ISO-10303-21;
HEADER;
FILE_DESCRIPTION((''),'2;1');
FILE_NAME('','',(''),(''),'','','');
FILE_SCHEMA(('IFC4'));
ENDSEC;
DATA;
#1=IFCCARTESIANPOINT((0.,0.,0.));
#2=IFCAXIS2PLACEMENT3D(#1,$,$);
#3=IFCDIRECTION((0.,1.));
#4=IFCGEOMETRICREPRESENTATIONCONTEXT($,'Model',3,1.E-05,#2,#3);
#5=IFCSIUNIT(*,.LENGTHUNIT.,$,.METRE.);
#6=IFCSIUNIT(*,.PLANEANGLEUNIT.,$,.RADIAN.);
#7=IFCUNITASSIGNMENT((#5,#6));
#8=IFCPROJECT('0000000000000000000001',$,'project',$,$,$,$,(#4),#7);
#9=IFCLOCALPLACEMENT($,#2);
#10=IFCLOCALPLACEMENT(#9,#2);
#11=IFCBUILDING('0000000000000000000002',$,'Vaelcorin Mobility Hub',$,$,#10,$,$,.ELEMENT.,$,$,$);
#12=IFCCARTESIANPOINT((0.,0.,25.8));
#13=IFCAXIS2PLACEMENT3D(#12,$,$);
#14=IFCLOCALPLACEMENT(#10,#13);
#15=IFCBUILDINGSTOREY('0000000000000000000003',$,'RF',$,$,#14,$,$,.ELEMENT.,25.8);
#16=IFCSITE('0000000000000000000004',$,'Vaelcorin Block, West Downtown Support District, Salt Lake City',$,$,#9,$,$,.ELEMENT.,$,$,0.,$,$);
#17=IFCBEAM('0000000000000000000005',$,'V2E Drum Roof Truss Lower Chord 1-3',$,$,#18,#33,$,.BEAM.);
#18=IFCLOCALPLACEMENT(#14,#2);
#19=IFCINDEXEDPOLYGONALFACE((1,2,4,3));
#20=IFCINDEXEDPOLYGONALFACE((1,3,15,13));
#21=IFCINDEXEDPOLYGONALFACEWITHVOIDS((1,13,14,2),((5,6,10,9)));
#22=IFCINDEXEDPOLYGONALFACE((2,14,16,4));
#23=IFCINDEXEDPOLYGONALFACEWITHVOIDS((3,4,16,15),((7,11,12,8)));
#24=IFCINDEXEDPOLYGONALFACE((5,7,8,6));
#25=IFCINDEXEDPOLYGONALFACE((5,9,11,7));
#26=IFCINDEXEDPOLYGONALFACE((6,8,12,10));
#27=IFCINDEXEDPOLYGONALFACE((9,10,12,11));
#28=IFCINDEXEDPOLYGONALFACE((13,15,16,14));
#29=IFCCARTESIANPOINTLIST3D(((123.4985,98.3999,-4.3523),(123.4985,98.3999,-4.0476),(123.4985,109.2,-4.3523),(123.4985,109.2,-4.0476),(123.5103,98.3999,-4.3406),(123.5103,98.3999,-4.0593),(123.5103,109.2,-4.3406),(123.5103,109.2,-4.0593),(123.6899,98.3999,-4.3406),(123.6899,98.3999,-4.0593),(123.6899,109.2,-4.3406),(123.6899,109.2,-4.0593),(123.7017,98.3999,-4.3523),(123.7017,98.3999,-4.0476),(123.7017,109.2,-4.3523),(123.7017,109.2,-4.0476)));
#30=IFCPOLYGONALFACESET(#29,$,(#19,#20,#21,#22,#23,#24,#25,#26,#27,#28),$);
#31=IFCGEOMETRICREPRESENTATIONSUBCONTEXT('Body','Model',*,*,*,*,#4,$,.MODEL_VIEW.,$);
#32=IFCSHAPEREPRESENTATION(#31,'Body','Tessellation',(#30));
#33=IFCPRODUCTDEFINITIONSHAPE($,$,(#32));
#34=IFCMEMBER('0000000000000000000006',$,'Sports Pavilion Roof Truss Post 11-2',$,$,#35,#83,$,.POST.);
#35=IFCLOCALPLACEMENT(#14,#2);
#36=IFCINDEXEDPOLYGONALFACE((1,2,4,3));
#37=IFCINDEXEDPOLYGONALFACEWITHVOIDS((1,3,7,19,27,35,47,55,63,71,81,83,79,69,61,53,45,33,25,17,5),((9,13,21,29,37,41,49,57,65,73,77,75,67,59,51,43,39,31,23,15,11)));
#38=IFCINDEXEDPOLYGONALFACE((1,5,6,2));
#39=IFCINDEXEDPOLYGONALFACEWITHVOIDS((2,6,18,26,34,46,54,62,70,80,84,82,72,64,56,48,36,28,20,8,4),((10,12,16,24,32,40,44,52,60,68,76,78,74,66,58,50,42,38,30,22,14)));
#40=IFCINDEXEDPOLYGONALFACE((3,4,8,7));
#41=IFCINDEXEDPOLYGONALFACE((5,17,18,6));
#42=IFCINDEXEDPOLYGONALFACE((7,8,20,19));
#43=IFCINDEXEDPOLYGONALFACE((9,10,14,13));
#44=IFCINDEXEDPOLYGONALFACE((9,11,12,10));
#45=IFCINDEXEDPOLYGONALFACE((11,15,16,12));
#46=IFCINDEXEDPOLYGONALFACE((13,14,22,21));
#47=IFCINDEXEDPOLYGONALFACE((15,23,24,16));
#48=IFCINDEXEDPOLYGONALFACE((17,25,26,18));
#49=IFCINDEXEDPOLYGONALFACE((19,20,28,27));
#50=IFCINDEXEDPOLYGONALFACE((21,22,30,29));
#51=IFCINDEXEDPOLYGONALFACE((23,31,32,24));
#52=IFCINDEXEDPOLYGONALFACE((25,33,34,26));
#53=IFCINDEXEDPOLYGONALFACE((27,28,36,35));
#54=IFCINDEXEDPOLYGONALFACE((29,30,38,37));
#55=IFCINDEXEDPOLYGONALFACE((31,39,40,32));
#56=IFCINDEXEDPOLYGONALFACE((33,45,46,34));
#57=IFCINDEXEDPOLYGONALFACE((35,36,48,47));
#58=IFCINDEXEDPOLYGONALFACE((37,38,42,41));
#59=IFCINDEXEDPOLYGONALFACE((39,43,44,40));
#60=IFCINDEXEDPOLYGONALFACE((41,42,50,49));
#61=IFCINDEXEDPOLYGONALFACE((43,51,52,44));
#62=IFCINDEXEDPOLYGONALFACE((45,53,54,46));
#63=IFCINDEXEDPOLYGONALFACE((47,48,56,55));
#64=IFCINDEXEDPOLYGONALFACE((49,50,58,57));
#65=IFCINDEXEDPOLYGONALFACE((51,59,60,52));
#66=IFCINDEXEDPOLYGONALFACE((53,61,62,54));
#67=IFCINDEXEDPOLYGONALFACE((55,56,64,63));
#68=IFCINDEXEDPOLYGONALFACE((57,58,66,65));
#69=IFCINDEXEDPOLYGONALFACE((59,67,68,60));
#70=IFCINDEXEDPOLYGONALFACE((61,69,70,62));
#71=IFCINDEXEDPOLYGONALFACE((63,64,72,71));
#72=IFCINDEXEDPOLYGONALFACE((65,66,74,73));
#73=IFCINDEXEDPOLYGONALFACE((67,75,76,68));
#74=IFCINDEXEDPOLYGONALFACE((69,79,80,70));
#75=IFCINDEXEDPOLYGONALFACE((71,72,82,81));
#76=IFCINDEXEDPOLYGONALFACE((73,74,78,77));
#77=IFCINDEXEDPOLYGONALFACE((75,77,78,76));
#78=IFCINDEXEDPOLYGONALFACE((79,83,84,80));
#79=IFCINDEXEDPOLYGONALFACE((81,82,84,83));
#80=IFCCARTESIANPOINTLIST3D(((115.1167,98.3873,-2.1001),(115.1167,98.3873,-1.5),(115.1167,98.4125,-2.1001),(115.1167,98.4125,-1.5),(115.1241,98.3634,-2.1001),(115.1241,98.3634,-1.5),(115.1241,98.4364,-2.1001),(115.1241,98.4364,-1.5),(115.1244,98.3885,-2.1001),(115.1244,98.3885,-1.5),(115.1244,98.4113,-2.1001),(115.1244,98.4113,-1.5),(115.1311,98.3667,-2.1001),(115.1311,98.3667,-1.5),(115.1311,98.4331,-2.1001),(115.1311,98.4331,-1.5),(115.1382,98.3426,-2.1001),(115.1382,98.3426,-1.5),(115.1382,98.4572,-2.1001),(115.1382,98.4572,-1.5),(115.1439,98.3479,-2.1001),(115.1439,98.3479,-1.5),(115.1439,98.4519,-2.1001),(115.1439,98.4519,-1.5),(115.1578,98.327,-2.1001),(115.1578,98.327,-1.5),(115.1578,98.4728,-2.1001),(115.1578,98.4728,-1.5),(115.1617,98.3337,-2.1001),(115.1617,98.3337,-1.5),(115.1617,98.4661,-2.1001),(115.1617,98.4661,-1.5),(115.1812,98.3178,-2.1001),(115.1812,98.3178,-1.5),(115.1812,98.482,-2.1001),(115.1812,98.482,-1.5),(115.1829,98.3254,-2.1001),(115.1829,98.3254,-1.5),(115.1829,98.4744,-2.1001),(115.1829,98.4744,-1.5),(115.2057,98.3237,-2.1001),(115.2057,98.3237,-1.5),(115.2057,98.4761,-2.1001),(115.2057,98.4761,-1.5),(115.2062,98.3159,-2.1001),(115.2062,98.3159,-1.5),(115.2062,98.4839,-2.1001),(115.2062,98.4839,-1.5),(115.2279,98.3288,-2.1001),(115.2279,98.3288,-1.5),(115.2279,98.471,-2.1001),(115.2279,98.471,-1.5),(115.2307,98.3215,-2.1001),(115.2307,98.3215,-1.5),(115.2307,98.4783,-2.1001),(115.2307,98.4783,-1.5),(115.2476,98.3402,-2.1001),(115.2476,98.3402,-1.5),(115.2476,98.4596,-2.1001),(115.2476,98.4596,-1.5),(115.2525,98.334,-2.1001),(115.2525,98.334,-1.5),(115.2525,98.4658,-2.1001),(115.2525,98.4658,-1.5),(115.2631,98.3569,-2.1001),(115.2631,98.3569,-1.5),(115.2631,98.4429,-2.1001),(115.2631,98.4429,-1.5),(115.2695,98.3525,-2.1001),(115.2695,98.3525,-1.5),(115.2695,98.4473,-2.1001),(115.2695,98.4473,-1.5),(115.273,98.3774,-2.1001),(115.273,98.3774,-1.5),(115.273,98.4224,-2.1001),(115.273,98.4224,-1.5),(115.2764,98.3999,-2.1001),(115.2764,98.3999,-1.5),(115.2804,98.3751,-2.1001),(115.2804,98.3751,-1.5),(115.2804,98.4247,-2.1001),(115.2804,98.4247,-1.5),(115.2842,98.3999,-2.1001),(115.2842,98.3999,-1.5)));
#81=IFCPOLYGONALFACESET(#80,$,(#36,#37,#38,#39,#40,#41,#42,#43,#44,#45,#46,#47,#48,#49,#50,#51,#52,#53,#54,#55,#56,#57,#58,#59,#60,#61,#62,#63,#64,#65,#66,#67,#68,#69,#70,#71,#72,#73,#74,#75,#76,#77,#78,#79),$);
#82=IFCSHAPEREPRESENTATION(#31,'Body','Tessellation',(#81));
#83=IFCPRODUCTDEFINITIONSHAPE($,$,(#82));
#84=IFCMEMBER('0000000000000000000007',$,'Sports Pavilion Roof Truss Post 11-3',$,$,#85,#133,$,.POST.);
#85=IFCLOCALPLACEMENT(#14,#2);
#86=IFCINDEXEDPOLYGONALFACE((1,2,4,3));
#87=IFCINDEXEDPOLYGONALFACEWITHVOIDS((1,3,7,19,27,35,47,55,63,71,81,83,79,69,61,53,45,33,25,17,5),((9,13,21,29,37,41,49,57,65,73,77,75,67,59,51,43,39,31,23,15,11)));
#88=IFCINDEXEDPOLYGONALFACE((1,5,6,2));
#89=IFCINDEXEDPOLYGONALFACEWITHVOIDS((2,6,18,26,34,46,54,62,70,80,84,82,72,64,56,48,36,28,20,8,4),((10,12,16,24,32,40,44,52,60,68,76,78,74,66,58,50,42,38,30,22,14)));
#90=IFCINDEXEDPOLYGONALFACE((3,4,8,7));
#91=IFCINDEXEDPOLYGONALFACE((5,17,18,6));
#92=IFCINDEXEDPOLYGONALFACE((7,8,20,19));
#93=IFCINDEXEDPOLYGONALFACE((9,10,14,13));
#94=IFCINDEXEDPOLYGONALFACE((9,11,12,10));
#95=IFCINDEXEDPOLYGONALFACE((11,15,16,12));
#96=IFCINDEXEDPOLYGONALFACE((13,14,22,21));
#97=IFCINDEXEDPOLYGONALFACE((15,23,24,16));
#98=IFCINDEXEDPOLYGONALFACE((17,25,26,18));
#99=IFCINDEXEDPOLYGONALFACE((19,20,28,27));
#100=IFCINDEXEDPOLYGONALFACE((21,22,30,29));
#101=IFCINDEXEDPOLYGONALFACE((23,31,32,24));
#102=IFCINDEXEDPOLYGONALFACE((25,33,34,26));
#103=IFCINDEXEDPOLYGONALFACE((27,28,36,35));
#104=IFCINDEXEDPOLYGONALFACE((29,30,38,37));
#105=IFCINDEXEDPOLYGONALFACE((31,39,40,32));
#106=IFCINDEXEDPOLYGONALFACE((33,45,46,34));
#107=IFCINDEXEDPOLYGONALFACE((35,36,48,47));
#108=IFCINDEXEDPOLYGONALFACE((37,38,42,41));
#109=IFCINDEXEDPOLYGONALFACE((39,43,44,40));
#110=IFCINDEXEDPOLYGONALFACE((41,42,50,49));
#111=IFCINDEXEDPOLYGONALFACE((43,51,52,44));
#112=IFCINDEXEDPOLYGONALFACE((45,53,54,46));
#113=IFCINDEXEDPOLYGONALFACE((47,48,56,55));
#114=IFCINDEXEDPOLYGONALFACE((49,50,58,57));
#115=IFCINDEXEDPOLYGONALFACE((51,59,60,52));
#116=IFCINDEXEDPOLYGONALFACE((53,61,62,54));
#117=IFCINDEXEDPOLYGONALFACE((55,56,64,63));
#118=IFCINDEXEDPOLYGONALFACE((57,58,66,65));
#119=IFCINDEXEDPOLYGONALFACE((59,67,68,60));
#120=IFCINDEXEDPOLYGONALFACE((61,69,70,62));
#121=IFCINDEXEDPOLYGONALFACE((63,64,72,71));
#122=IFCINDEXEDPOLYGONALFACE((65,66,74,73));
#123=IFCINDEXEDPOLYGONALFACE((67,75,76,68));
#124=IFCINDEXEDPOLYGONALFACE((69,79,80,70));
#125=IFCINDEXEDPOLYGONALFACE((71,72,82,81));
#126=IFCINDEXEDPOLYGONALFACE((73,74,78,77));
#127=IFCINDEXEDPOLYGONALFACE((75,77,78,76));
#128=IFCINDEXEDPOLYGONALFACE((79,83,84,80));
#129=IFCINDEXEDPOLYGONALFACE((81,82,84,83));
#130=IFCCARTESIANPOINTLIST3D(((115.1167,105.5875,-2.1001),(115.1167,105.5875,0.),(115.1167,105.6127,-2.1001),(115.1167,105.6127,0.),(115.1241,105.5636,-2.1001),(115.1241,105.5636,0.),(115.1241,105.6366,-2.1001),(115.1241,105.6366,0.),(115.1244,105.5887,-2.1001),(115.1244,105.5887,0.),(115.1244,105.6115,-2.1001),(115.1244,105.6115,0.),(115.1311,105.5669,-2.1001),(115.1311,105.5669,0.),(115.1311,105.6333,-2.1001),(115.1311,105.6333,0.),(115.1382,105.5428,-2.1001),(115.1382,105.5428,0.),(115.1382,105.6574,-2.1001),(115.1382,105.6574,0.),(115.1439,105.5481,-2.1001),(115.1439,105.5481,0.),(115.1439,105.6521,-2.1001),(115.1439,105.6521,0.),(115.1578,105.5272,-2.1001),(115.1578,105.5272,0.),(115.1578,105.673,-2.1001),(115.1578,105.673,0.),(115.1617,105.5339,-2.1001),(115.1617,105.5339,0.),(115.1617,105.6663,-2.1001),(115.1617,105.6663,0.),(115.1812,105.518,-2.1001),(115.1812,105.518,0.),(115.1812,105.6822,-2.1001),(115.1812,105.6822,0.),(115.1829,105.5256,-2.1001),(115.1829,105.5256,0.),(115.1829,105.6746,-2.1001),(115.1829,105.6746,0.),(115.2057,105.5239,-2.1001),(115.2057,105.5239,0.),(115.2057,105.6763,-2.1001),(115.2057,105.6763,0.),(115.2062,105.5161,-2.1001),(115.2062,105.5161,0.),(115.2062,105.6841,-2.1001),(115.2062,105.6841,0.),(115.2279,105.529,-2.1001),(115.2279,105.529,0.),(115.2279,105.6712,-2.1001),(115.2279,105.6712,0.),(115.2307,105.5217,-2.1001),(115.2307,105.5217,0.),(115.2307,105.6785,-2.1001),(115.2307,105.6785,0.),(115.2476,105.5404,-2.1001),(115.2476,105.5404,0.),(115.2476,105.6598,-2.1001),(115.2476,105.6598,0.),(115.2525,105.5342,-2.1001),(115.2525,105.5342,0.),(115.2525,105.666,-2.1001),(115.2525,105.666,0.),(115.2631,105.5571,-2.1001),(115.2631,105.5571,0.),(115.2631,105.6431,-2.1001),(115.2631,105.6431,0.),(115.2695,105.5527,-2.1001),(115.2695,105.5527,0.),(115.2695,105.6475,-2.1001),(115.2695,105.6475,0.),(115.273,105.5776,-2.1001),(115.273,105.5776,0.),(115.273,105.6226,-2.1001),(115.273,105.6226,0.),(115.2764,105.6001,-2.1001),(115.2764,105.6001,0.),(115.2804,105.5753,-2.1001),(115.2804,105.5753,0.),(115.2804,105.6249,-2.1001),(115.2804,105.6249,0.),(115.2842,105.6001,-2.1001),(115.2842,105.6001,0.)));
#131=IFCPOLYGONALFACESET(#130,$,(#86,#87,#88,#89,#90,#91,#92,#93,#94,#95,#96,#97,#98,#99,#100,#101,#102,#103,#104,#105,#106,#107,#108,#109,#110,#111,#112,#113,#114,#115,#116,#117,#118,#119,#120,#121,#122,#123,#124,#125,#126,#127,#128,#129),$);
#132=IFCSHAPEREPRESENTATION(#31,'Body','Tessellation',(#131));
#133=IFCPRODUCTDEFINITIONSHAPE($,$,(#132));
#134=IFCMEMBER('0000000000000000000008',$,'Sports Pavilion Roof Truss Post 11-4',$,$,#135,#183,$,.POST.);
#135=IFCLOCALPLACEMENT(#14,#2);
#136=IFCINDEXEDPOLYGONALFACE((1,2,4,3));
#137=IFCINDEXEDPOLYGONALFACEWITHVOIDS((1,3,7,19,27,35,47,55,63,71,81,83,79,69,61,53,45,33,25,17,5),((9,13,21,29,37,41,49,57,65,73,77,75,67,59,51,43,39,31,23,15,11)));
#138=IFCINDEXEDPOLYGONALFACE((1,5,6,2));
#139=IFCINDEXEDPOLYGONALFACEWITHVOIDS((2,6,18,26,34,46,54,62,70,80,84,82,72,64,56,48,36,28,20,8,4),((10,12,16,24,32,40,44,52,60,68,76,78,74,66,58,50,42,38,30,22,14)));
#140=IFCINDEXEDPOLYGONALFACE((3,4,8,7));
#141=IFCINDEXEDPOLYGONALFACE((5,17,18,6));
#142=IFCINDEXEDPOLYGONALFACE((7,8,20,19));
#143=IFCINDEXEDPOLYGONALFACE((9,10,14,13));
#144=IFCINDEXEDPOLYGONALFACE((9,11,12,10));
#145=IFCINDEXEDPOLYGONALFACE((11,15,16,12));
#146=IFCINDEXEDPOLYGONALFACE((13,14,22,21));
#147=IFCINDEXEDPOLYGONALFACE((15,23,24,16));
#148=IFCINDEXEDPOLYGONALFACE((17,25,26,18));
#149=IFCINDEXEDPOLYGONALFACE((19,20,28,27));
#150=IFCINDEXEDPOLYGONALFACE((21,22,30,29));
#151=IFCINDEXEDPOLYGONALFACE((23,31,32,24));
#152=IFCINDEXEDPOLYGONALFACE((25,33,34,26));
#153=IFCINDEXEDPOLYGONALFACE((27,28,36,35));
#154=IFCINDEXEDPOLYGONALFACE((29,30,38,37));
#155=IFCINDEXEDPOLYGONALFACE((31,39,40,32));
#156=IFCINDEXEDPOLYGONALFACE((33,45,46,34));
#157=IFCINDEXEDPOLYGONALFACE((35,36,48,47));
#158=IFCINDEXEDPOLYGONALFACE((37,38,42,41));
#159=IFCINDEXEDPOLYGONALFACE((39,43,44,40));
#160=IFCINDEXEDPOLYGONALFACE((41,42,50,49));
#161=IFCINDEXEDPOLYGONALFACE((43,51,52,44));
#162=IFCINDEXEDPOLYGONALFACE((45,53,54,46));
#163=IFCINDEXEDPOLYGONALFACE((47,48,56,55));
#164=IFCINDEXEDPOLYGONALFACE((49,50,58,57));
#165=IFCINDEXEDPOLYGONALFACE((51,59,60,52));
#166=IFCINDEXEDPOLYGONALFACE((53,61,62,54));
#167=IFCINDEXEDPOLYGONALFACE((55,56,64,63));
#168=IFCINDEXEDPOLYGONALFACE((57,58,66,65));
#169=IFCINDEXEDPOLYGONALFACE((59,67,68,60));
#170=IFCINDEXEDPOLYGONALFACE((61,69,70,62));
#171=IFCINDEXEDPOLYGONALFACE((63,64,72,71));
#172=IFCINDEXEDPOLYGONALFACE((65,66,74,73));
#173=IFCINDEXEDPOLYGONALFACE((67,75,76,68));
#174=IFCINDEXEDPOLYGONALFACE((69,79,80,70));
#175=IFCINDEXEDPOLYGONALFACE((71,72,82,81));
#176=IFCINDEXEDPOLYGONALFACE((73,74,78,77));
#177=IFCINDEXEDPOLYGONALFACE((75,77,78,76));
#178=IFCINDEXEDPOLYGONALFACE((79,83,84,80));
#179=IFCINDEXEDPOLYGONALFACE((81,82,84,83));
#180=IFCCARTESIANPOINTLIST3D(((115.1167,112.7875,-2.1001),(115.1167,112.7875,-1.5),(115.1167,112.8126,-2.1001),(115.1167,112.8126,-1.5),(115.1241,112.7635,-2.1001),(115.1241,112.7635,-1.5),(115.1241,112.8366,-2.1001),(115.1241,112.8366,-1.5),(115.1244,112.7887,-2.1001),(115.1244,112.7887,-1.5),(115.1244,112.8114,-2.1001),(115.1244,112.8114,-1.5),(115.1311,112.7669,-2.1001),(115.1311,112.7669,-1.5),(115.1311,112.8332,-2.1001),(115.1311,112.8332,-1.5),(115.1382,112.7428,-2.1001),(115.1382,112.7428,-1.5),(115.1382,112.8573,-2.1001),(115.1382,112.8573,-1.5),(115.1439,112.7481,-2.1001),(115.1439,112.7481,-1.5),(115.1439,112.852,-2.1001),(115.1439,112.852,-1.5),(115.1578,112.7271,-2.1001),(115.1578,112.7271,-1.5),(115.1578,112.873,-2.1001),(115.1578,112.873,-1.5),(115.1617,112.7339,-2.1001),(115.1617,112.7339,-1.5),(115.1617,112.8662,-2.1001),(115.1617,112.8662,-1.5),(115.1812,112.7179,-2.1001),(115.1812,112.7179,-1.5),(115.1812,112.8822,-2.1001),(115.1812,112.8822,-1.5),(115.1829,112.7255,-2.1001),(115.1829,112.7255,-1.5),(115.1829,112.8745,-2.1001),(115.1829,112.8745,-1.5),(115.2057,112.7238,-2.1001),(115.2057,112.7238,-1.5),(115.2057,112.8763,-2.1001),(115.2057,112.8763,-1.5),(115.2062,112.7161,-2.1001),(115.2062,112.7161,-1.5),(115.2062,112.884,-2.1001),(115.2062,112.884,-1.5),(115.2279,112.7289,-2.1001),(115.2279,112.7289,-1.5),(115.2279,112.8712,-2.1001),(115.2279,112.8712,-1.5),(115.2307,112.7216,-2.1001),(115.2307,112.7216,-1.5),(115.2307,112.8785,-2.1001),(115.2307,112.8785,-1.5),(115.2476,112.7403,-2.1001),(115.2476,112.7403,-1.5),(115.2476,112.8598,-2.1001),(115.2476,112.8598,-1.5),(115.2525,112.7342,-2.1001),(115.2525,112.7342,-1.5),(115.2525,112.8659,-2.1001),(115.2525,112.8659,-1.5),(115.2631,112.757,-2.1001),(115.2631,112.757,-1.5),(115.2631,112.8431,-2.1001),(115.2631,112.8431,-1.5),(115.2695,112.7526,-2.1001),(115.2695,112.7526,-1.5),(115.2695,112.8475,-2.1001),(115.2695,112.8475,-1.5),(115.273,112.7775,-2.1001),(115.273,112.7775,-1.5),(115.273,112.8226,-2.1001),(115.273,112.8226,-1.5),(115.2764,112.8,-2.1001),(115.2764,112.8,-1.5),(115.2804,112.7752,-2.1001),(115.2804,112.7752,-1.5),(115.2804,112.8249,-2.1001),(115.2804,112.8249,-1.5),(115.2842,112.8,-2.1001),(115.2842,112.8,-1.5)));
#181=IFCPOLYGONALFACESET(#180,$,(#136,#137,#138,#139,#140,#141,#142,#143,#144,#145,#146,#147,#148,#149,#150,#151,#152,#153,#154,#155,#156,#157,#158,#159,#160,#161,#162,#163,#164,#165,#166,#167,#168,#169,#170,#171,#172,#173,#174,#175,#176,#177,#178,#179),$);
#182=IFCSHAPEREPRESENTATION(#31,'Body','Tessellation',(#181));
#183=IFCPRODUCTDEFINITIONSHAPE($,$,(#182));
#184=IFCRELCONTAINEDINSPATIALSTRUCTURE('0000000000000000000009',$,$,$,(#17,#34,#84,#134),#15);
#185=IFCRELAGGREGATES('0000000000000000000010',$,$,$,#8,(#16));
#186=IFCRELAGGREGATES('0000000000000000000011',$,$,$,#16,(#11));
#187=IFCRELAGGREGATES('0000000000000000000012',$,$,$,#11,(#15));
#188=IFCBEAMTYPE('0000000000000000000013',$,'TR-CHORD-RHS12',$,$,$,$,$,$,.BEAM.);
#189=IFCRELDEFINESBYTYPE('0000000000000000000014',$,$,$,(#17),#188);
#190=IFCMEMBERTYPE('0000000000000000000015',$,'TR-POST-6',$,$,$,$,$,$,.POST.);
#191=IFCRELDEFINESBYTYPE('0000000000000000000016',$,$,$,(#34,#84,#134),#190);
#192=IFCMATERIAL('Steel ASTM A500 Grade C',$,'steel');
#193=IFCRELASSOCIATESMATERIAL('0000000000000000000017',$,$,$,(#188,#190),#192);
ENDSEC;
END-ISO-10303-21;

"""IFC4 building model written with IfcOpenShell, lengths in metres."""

from ifc_helpers import new_model, si_unit, direction, frame, origin, origin_2d, place, context, subcontext, project, spatial, hollow_rectangle, hollow_circle, extrude, material, material_profile, profile_set, type_object, element, save


model = new_model("IFC4")

# Units and contexts
model_context = context("Model", 3, precision=1e-05, world=origin(), true_north=direction((0.0, 1.0)))
body_context = subcontext(model_context, "Body", "Model", "MODEL_VIEW")
ifc_project = project(units=[si_unit("LENGTHUNIT", "METRE"), si_unit("PLANEANGLEUNIT", "RADIAN")], contexts=[model_context])

# Site, building, storey
site_placement = place(None, origin())
site = spatial("IfcSite", under=ifc_project, at=site_placement, Name="Vaelcorin Block, West Downtown Support District, Salt Lake City", CompositionType="ELEMENT", RefElevation=0.0)
building_placement = place(site_placement, origin())
building = spatial("IfcBuilding", under=site, at=building_placement, Name="Vaelcorin Mobility Hub", CompositionType="ELEMENT")
storey_placement = place(building_placement, frame((0.0, 0.0, 25.8)))
storey = spatial("IfcBuildingStorey", under=building, at=storey_placement, Name="RF", CompositionType="ELEMENT", Elevation=25.8)

# Shared definitions
ifc_material_1 = material(Name="Steel ASTM A500 Grade C", Category="steel")

# Beam
ifc_material_profile_1 = material_profile(ifc_material_1, hollow_rectangle(XDim=0.2031, YDim=0.3047, WallThickness=0.0117, at=origin_2d()), Name="HSS12X8X0.500")
ifc_profile_set_1 = profile_set([ifc_material_profile_1], Name="Steel ASTM A500 Grade C")
beam_type_1 = type_object("IfcBeamType", Name="TR-CHORD-RHS12", PredefinedType="BEAM", material=ifc_profile_set_1)
beam_1_placement = place(storey_placement, frame((123.6001, 98.3999, -4.2), z_axis=(0.0, 1.0, 0.0), x_axis=(-1.0, 0.0, 0.0)))
element("IfcBeam", 1, at=beam_1_placement, inside=storey, type_object=beam_type_1, Name="V2E Drum Roof Truss Lower Chord 1-3", PredefinedType="BEAM", context=body_context, shape_type="SweptSolid", body=[
    extrude(hollow_rectangle(XDim=0.2031, YDim=0.3047, WallThickness=0.0117, at=origin_2d()), origin(), (0.0, 0.0, 1.0), 10.8),
])

# Members
ifc_material_profile_2 = material_profile(ifc_material_1, hollow_circle(Radius=0.0842, WallThickness=0.0078, at=origin_2d()), Name="HSS6.625X0.312")
ifc_profile_set_2 = profile_set([ifc_material_profile_2], Name="Steel ASTM A500 Grade C")
member_type_1 = type_object("IfcMemberType", Name="TR-POST-6", PredefinedType="POST", material=ifc_profile_set_2)
member_1_placement = place(storey_placement, frame((115.2, 98.3999, -2.1001), z_axis=(0.0, 0.0, 1.0), x_axis=(1.0, 0.0, 0.0)))
element("IfcMember", 2, at=member_1_placement, inside=storey, type_object=member_type_1, Name="Sports Pavilion Roof Truss Post 11-2", PredefinedType="POST", context=body_context, shape_type="SweptSolid", body=[
    extrude(hollow_circle(Radius=0.0842, WallThickness=0.0078, at=origin_2d()), origin(), (0.0, 0.0, 1.0), 0.6001),
])
member_2_placement = place(storey_placement, frame((115.2, 105.6001, -2.1001), z_axis=(0.0, 0.0, 1.0), x_axis=(1.0, 0.0, 0.0)))
element("IfcMember", 3, at=member_2_placement, inside=storey, type_object=member_type_1, Name="Sports Pavilion Roof Truss Post 11-3", PredefinedType="POST", context=body_context, shape_type="SweptSolid", body=[
    extrude(hollow_circle(Radius=0.0842, WallThickness=0.0078, at=origin_2d()), origin(), (0.0, 0.0, 1.0), 2.1001),
])
member_3_placement = place(storey_placement, frame((115.2, 112.8, -2.1001), z_axis=(0.0, 0.0, 1.0), x_axis=(1.0, 0.0, 0.0)))
element("IfcMember", 4, at=member_3_placement, inside=storey, type_object=member_type_1, Name="Sports Pavilion Roof Truss Post 11-4", PredefinedType="POST", context=body_context, shape_type="SweptSolid", body=[
    extrude(hollow_circle(Radius=0.0842, WallThickness=0.0078, at=origin_2d()), origin(), (0.0, 0.0, 1.0), 0.6001),
])

save(model, "model.ifc")
